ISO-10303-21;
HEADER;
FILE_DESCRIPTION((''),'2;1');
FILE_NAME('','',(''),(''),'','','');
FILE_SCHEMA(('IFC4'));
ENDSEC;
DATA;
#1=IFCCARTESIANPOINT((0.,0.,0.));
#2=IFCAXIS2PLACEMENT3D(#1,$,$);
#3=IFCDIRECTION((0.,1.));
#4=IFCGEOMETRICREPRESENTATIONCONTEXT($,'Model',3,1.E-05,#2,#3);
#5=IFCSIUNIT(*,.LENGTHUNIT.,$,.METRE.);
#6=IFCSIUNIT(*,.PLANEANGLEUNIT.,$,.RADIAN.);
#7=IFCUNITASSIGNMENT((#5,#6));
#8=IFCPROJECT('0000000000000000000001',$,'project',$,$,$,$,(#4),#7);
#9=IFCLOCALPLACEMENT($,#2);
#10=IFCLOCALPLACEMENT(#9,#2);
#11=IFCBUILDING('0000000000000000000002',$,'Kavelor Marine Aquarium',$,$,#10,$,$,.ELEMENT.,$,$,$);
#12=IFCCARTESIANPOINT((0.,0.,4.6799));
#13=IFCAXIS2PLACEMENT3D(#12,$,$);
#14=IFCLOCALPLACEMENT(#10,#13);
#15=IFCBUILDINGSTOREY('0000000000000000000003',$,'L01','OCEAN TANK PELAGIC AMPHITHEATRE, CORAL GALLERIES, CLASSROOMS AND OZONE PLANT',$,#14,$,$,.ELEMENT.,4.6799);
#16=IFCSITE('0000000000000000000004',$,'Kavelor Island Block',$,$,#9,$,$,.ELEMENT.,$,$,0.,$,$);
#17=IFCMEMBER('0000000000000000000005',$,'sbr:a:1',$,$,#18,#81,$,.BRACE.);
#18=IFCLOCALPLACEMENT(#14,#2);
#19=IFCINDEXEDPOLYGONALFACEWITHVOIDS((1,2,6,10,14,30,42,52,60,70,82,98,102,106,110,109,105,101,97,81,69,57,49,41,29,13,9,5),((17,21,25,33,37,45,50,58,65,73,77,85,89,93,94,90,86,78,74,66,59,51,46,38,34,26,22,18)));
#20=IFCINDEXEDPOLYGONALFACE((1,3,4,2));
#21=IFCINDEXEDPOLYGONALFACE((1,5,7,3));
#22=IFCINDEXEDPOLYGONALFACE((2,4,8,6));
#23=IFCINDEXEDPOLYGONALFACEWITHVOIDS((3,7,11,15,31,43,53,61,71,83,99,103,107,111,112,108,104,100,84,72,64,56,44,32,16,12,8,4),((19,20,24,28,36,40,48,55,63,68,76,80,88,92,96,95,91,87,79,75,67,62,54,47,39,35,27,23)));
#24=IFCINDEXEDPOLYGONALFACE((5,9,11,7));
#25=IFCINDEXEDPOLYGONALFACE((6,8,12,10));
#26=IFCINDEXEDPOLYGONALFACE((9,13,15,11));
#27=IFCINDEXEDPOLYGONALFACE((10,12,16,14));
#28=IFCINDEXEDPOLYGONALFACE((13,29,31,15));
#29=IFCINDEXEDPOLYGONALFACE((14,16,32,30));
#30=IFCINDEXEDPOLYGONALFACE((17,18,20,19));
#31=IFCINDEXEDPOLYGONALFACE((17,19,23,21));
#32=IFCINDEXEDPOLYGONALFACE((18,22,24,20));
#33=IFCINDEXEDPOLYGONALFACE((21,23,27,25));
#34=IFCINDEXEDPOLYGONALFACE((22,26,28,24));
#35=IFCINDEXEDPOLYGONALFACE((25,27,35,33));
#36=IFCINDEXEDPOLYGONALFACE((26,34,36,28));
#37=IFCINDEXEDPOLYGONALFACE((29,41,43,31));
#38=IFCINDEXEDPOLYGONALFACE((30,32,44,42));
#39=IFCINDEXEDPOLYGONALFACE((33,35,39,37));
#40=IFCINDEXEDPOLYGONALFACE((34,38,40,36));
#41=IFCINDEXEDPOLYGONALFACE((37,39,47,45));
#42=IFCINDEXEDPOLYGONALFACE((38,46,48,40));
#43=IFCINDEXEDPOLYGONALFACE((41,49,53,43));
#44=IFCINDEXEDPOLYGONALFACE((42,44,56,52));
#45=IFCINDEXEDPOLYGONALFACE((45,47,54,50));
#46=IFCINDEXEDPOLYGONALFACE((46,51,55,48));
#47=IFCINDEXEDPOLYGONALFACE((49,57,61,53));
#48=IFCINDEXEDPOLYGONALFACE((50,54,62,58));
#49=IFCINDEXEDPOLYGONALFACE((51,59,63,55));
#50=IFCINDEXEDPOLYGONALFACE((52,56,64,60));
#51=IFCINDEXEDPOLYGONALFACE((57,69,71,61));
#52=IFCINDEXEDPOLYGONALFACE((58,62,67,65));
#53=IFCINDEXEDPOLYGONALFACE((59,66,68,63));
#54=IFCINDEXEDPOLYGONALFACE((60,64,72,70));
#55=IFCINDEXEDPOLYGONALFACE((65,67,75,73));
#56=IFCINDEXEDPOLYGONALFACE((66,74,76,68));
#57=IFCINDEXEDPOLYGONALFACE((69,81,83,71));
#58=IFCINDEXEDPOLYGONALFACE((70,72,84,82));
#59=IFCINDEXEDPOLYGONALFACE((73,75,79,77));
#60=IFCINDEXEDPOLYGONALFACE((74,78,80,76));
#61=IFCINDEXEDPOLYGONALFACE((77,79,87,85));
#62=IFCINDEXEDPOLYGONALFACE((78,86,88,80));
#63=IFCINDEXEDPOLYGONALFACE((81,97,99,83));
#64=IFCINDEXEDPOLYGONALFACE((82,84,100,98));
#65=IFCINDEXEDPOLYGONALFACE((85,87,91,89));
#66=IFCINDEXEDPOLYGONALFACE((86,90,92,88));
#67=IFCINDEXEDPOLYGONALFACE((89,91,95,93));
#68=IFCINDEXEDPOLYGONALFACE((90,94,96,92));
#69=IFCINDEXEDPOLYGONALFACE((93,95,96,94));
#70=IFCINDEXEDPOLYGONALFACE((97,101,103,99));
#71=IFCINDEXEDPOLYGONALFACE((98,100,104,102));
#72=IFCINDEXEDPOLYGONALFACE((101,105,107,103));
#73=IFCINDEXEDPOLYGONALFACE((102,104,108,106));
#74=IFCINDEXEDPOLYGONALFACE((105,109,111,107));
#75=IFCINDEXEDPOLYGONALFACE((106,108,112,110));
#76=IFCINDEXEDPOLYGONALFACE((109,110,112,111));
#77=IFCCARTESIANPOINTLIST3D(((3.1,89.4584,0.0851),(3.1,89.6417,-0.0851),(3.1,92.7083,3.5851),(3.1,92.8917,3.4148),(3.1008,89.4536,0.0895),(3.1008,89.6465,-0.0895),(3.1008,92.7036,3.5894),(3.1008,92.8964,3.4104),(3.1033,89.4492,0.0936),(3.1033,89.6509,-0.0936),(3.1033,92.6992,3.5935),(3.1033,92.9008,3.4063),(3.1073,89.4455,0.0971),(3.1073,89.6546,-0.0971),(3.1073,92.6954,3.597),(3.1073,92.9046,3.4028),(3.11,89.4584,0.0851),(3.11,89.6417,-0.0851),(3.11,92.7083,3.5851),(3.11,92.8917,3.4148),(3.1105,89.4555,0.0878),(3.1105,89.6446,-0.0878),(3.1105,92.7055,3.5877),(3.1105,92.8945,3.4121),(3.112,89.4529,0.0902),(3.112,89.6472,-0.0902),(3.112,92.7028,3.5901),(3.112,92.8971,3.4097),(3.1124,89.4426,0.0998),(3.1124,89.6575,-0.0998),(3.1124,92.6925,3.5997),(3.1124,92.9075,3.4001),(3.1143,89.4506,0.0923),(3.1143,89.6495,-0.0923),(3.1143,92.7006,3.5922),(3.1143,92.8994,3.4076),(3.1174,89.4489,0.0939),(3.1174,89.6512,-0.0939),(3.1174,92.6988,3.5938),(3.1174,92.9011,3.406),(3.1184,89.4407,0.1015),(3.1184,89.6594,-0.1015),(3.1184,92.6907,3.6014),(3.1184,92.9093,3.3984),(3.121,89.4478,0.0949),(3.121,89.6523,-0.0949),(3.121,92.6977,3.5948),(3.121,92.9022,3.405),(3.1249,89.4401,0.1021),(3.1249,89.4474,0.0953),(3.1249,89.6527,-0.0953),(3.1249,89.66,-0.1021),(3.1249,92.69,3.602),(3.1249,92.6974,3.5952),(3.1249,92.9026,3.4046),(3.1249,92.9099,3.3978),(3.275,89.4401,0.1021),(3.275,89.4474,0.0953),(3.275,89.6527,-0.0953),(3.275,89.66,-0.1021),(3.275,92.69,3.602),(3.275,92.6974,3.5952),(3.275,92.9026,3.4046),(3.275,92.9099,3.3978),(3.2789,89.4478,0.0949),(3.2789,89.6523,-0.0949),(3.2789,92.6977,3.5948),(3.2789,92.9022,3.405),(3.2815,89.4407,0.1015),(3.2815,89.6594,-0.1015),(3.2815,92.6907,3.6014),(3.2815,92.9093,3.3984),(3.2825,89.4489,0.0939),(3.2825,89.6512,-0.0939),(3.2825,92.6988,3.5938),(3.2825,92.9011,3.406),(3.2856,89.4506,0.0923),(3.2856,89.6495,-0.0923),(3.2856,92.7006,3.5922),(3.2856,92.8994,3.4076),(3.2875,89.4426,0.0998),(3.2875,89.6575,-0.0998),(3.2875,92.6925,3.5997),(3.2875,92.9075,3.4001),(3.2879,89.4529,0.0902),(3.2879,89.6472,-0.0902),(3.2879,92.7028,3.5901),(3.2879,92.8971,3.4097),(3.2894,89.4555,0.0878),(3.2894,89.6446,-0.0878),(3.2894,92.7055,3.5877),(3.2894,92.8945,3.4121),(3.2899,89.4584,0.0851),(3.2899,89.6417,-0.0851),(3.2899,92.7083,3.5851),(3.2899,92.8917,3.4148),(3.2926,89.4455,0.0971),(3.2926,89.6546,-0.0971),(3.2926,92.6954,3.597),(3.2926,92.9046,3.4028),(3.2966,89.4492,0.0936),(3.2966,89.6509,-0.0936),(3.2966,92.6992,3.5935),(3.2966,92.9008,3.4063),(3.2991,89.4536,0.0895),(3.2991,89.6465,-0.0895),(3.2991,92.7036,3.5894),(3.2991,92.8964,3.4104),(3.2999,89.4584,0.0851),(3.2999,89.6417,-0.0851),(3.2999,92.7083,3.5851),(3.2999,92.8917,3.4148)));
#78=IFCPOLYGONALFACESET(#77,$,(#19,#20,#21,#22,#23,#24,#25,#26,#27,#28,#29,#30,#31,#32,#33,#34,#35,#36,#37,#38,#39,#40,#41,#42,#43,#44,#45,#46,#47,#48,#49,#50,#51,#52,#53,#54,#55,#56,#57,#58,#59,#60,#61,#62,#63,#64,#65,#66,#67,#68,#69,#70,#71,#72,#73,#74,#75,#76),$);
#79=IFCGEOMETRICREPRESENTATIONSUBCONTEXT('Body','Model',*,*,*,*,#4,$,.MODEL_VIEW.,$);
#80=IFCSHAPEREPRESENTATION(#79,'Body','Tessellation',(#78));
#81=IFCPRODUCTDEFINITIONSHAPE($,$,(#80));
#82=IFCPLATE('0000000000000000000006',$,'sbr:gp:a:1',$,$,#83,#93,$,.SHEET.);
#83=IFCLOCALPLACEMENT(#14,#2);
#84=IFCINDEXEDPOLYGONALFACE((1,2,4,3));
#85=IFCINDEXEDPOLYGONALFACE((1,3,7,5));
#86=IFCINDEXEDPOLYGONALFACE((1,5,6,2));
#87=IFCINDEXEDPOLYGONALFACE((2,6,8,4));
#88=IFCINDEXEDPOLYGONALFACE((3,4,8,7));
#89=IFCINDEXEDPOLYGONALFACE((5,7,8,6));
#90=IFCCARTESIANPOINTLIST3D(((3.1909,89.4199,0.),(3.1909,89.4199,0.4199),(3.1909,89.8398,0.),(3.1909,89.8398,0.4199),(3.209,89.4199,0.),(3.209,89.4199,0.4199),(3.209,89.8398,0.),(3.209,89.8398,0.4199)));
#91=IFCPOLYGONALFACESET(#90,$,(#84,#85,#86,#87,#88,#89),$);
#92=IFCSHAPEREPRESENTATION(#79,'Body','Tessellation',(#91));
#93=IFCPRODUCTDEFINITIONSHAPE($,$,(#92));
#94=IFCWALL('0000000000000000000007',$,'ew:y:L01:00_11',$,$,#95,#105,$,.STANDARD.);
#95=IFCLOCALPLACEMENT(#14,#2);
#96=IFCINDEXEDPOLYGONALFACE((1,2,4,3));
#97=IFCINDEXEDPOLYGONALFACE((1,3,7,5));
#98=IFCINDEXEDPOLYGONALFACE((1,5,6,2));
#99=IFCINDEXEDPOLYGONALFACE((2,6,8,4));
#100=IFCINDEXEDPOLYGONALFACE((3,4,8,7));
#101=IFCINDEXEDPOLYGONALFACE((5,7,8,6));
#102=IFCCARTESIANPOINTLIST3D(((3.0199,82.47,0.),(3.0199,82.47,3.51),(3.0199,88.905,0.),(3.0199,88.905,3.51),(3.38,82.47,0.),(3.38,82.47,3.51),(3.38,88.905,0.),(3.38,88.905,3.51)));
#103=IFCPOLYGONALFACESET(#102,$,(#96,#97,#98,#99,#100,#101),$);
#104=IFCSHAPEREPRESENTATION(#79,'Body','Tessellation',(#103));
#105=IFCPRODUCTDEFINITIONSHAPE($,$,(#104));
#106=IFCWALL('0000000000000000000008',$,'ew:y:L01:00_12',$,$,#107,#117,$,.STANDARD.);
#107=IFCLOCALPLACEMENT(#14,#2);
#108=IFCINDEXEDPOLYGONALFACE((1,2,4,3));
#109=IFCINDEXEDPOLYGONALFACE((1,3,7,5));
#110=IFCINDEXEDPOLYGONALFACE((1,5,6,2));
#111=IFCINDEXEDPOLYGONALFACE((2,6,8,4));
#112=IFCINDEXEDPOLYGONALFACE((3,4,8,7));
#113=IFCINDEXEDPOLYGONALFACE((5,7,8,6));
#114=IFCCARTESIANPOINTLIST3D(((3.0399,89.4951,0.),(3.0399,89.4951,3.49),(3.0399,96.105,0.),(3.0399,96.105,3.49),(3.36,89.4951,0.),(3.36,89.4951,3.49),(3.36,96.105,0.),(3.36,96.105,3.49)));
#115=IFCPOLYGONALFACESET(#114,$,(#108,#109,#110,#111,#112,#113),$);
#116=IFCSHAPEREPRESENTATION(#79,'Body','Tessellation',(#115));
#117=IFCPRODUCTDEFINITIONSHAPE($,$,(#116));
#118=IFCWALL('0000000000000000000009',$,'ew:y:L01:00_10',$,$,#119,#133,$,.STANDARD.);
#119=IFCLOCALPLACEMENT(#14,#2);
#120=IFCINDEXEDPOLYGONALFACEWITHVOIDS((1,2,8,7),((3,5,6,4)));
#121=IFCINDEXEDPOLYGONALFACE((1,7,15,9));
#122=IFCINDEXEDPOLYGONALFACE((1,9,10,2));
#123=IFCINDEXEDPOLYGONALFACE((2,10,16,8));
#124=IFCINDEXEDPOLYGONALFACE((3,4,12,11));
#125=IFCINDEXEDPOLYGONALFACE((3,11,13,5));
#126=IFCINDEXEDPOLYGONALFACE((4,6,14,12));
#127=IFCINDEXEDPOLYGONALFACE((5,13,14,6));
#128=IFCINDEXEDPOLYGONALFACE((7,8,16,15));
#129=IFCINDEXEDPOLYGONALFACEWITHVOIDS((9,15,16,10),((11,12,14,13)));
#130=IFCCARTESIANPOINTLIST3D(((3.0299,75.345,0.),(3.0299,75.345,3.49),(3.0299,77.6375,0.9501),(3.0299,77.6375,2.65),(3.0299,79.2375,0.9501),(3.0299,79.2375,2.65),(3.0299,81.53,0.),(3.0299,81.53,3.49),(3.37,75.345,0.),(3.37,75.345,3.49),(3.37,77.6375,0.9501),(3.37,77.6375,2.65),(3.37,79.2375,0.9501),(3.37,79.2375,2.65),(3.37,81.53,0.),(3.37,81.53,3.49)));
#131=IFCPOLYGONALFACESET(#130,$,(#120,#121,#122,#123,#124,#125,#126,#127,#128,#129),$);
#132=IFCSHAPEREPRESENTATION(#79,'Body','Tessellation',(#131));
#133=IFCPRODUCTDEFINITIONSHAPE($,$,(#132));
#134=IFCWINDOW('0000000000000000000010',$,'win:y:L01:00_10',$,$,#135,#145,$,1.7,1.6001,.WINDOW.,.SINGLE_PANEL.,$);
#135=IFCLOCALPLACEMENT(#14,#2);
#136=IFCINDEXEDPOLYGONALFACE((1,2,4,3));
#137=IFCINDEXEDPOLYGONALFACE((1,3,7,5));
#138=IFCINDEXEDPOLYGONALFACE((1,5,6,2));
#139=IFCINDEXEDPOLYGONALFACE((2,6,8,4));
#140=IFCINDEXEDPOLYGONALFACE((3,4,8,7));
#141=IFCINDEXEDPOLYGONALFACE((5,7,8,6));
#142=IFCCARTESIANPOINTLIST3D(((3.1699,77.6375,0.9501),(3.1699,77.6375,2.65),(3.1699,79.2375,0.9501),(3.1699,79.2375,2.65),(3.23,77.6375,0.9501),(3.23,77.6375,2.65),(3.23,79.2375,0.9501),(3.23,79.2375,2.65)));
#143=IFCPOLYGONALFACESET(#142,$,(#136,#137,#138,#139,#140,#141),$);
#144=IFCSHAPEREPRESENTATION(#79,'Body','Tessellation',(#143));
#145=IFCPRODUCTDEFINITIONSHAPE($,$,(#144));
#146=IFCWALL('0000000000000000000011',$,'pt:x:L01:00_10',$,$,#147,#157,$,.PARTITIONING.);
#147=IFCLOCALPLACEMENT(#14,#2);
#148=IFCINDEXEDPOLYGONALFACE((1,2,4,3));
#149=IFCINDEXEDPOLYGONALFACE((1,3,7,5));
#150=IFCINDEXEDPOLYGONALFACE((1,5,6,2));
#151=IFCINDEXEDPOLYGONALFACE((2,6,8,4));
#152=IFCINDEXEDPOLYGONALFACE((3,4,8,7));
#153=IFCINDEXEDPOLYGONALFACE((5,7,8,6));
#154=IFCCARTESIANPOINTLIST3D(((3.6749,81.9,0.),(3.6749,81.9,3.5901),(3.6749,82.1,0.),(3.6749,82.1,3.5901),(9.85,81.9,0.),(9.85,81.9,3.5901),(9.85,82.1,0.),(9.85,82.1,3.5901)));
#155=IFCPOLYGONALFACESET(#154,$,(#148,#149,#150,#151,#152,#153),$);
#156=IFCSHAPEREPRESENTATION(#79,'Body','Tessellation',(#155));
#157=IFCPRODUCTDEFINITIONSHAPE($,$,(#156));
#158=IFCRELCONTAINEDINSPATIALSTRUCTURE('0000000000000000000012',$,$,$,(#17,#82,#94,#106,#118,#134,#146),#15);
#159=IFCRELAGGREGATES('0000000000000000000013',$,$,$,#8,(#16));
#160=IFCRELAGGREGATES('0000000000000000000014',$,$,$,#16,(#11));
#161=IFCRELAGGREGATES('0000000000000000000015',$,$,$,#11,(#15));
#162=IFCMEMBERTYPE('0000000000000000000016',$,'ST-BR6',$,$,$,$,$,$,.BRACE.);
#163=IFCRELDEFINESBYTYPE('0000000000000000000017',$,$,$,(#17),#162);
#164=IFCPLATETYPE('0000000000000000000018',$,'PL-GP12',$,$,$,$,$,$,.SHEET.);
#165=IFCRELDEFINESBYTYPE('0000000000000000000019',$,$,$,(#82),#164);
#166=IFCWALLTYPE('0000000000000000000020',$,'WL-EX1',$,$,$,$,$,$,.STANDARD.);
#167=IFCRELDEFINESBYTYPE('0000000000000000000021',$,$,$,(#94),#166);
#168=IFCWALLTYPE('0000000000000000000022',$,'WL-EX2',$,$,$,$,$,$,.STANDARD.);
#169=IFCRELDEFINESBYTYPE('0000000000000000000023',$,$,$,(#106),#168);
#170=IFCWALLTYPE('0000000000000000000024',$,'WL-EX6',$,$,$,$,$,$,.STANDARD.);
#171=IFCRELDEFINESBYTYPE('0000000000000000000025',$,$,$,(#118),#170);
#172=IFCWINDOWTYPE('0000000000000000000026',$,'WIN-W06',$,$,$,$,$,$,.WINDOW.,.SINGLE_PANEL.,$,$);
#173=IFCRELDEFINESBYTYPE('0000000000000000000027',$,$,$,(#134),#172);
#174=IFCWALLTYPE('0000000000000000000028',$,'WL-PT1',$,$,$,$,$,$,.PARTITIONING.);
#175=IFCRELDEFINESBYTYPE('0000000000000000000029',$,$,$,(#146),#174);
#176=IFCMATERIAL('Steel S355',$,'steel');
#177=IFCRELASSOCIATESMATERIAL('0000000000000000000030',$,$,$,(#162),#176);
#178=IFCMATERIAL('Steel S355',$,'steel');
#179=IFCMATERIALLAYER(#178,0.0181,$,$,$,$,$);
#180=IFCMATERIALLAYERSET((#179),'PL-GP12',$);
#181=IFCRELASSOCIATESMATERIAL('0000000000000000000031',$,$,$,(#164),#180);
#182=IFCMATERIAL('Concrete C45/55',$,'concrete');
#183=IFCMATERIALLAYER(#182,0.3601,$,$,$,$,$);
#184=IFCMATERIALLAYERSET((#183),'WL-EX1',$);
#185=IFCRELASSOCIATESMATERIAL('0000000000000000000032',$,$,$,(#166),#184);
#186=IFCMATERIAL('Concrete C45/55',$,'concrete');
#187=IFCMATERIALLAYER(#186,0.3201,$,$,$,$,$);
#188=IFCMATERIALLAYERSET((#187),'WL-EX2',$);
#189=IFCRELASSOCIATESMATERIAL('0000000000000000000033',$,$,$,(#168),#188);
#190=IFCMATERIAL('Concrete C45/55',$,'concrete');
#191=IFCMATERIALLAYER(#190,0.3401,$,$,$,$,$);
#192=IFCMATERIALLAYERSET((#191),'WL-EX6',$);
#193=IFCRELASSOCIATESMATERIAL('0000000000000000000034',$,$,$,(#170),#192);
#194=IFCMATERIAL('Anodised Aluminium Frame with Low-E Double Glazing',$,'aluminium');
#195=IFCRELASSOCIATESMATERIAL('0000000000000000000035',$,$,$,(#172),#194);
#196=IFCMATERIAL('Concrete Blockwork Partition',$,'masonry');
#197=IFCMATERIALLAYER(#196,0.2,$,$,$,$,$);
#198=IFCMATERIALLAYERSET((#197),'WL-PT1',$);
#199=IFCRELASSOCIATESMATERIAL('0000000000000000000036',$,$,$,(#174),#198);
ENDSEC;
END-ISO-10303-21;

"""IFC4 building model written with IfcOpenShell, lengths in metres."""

from ifc_helpers import new_model, si_unit, direction, frame, frame_2d, origin, origin_2d, place, context, subcontext, project, spatial, rectangle, hollow_rectangle, extrude, material, layer, layer_set, material_profile, profile_set, type_object, element, fill, save


model = new_model("IFC4")

# Units and contexts
model_context = context("Model", 3, precision=1e-05, world=origin(), true_north=direction((0.0, 1.0)))
body_context = subcontext(model_context, "Body", "Model", "MODEL_VIEW")
ifc_project = project(units=[si_unit("LENGTHUNIT", "METRE"), si_unit("PLANEANGLEUNIT", "RADIAN")], contexts=[model_context])

# Site, building, storey
site_placement = place(None, origin())
site = spatial("IfcSite", under=ifc_project, at=site_placement, Name="Kavelor Island Block", CompositionType="ELEMENT", RefElevation=0.0)
building_placement = place(site_placement, origin())
building = spatial("IfcBuilding", under=site, at=building_placement, Name="Kavelor Marine Aquarium", CompositionType="ELEMENT")
storey_placement = place(building_placement, frame((0.0, 0.0, 4.6799)))
storey = spatial("IfcBuildingStorey", under=building, at=storey_placement, Name="L01", Description="OCEAN TANK PELAGIC AMPHITHEATRE, CORAL GALLERIES, CLASSROOMS AND OZONE PLANT", CompositionType="ELEMENT", Elevation=4.6799)

# Member
ifc_material_1 = material(Name="Steel S355", Category="steel")
ifc_material_profile_1 = material_profile(ifc_material_1, hollow_rectangle(XDim=0.2, YDim=0.3, WallThickness=0.01, InnerFilletRadius=0.0149, OuterFilletRadius=0.0249, at=origin_2d()), Name="RHS 300x200x10.0")
ifc_profile_set_1 = profile_set([ifc_material_profile_1], Name="Steel S355")
member_type = type_object("IfcMemberType", Name="ST-BR6", PredefinedType="BRACE", material=ifc_profile_set_1)
member_placement = place(storey_placement, frame((3.2, 89.55, 0.0), z_axis=(0.0, 0.680451, 0.732793), x_axis=(-1.0, 0.0, 0.0)))
element("IfcMember", 1, at=member_placement, inside=storey, type_object=member_type, Name="sbr:a:1", PredefinedType="BRACE", context=body_context, shape_type="SweptSolid", body=[
    extrude(hollow_rectangle(XDim=0.2, YDim=0.3, WallThickness=0.01, InnerFilletRadius=0.0149, OuterFilletRadius=0.0249, at=origin_2d()), origin(), (0.0, 0.0, 1.0), 4.7761),
])

# Plate
ifc_material_2 = material(Name="Steel S355", Category="steel")
ifc_layer_1 = layer(ifc_material_2, 0.0181)
ifc_layer_set_1 = layer_set([ifc_layer_1], Name="PL-GP12")
plate_type = type_object("IfcPlateType", Name="PL-GP12", PredefinedType="SHEET", material=ifc_layer_set_1)
plate_placement = place(storey_placement, frame((3.2, 89.6299, 0.0), z_axis=(0.0, 0.0, 1.0), x_axis=(1.0, 0.0, 0.0)))
element("IfcPlate", 2, at=plate_placement, inside=storey, type_object=plate_type, Name="sbr:gp:a:1", PredefinedType="SHEET", context=body_context, shape_type="SweptSolid", body=[
    extrude(rectangle(XDim=0.0181, YDim=0.4199, at=origin_2d()), origin(), (0.0, 0.0, 1.0), 0.4199),
])

# Walls
ifc_material_3 = material(Name="Concrete C45/55", Category="concrete")
ifc_layer_2 = layer(ifc_material_3, 0.3601)
ifc_layer_set_2 = layer_set([ifc_layer_2], Name="WL-EX1")
wall_type_1 = type_object("IfcWallType", Name="WL-EX1", PredefinedType="STANDARD", material=ifc_layer_set_2)
wall_1_placement = place(storey_placement, frame((3.2, 82.47, 0.0), z_axis=(0.0, 0.0, 1.0), x_axis=(0.0, 1.0, 0.0)))
element("IfcWall", 3, at=wall_1_placement, inside=storey, type_object=wall_type_1, Name="ew:y:L01:00_11", PredefinedType="STANDARD", context=body_context, shape_type="SweptSolid", body=[
    extrude(rectangle(XDim=6.4351, YDim=0.3601, at=frame_2d((3.2175, 0.0))), origin(), (0.0, 0.0, 1.0), 3.51),
])
ifc_material_4 = material(Name="Concrete C45/55", Category="concrete")
ifc_layer_3 = layer(ifc_material_4, 0.3201)
ifc_layer_set_3 = layer_set([ifc_layer_3], Name="WL-EX2")
wall_type_2 = type_object("IfcWallType", Name="WL-EX2", PredefinedType="STANDARD", material=ifc_layer_set_3)
wall_2_placement = place(storey_placement, frame((3.2, 89.4951, 0.0), z_axis=(0.0, 0.0, 1.0), x_axis=(0.0, 1.0, 0.0)))
element("IfcWall", 4, at=wall_2_placement, inside=storey, type_object=wall_type_2, Name="ew:y:L01:00_12", PredefinedType="STANDARD", context=body_context, shape_type="SweptSolid", body=[
    extrude(rectangle(XDim=6.6099, YDim=0.3201, at=frame_2d((3.3049, 0.0))), origin(), (0.0, 0.0, 1.0), 3.49),
])

# Wall, opening, window
ifc_material_5 = material(Name="Concrete C45/55", Category="concrete")
ifc_layer_4 = layer(ifc_material_5, 0.3401)
ifc_layer_set_4 = layer_set([ifc_layer_4], Name="WL-EX6")
wall_type_3 = type_object("IfcWallType", Name="WL-EX6", PredefinedType="STANDARD", material=ifc_layer_set_4)
wall_3_placement = place(storey_placement, frame((3.2, 75.345, 0.0), z_axis=(0.0, 0.0, 1.0), x_axis=(0.0, 1.0, 0.0)))
wall_3 = element("IfcWall", 5, at=wall_3_placement, inside=storey, type_object=wall_type_3, Name="ew:y:L01:00_10", PredefinedType="STANDARD", context=body_context, shape_type="SweptSolid", body=[
    extrude(rectangle(XDim=6.1851, YDim=0.3401, at=frame_2d((3.0925, 0.0))), origin(), (0.0, 0.0, 1.0), 3.49),
])
opening_1_placement = place(wall_3_placement, frame((2.2925, 0.0, 0.95)))
opening_1 = element("IfcOpeningElement", 6, at=opening_1_placement, cuts=wall_3, PredefinedType="OPENING", context=body_context, shape_type="SweptSolid", body=[
    extrude(rectangle(XDim=1.6001, YDim=1.7, at=frame_2d((0.8, 0.8501))), frame((0.0, 0.1799, 0.0), z_axis=(0.0, -1.0, 0.0), x_axis=(1.0, 0.0, 0.0)), (0.0, 0.0, 1.0), 0.3601),
])
ifc_material_6 = material(Name="Anodised Aluminium Frame with Low-E Double Glazing", Category="aluminium")
window_type = type_object("IfcWindowType", Name="WIN-W06", PartitioningType="SINGLE_PANEL", PredefinedType="WINDOW", material=ifc_material_6)
window_placement = place(opening_1_placement, origin())
window = element("IfcWindow", 7, at=window_placement, inside=storey, type_object=window_type, Name="win:y:L01:00_10", OverallHeight=1.7, OverallWidth=1.6001, PartitioningType="SINGLE_PANEL", PredefinedType="WINDOW", context=body_context, shape_type="SweptSolid", body=[
    extrude(rectangle(XDim=1.6001, YDim=1.7, at=frame_2d((0.8, 0.8501))), frame((0.0, 0.03, 0.0), z_axis=(0.0, -1.0, 0.0), x_axis=(1.0, 0.0, 0.0)), (0.0, 0.0, 1.0), 0.0601),
])
fill(opening_1, window)

# Wall
ifc_material_7 = material(Name="Concrete Blockwork Partition", Category="masonry")
ifc_layer_5 = layer(ifc_material_7, 0.2)
ifc_layer_set_5 = layer_set([ifc_layer_5], Name="WL-PT1")
wall_type_4 = type_object("IfcWallType", Name="WL-PT1", PredefinedType="PARTITIONING", material=ifc_layer_set_5)
wall_4_placement = place(storey_placement, frame((3.675, 82.0, 0.0), z_axis=(0.0, 0.0, 1.0), x_axis=(1.0, 0.0, 0.0)))
element("IfcWall", 8, at=wall_4_placement, inside=storey, type_object=wall_type_4, Name="pt:x:L01:00_10", PredefinedType="PARTITIONING", context=body_context, shape_type="SweptSolid", body=[
    extrude(rectangle(XDim=6.175, YDim=0.2, at=frame_2d((3.0874, 0.0))), origin(), (0.0, 0.0, 1.0), 3.5901),
])

save(model, "model.ifc")
